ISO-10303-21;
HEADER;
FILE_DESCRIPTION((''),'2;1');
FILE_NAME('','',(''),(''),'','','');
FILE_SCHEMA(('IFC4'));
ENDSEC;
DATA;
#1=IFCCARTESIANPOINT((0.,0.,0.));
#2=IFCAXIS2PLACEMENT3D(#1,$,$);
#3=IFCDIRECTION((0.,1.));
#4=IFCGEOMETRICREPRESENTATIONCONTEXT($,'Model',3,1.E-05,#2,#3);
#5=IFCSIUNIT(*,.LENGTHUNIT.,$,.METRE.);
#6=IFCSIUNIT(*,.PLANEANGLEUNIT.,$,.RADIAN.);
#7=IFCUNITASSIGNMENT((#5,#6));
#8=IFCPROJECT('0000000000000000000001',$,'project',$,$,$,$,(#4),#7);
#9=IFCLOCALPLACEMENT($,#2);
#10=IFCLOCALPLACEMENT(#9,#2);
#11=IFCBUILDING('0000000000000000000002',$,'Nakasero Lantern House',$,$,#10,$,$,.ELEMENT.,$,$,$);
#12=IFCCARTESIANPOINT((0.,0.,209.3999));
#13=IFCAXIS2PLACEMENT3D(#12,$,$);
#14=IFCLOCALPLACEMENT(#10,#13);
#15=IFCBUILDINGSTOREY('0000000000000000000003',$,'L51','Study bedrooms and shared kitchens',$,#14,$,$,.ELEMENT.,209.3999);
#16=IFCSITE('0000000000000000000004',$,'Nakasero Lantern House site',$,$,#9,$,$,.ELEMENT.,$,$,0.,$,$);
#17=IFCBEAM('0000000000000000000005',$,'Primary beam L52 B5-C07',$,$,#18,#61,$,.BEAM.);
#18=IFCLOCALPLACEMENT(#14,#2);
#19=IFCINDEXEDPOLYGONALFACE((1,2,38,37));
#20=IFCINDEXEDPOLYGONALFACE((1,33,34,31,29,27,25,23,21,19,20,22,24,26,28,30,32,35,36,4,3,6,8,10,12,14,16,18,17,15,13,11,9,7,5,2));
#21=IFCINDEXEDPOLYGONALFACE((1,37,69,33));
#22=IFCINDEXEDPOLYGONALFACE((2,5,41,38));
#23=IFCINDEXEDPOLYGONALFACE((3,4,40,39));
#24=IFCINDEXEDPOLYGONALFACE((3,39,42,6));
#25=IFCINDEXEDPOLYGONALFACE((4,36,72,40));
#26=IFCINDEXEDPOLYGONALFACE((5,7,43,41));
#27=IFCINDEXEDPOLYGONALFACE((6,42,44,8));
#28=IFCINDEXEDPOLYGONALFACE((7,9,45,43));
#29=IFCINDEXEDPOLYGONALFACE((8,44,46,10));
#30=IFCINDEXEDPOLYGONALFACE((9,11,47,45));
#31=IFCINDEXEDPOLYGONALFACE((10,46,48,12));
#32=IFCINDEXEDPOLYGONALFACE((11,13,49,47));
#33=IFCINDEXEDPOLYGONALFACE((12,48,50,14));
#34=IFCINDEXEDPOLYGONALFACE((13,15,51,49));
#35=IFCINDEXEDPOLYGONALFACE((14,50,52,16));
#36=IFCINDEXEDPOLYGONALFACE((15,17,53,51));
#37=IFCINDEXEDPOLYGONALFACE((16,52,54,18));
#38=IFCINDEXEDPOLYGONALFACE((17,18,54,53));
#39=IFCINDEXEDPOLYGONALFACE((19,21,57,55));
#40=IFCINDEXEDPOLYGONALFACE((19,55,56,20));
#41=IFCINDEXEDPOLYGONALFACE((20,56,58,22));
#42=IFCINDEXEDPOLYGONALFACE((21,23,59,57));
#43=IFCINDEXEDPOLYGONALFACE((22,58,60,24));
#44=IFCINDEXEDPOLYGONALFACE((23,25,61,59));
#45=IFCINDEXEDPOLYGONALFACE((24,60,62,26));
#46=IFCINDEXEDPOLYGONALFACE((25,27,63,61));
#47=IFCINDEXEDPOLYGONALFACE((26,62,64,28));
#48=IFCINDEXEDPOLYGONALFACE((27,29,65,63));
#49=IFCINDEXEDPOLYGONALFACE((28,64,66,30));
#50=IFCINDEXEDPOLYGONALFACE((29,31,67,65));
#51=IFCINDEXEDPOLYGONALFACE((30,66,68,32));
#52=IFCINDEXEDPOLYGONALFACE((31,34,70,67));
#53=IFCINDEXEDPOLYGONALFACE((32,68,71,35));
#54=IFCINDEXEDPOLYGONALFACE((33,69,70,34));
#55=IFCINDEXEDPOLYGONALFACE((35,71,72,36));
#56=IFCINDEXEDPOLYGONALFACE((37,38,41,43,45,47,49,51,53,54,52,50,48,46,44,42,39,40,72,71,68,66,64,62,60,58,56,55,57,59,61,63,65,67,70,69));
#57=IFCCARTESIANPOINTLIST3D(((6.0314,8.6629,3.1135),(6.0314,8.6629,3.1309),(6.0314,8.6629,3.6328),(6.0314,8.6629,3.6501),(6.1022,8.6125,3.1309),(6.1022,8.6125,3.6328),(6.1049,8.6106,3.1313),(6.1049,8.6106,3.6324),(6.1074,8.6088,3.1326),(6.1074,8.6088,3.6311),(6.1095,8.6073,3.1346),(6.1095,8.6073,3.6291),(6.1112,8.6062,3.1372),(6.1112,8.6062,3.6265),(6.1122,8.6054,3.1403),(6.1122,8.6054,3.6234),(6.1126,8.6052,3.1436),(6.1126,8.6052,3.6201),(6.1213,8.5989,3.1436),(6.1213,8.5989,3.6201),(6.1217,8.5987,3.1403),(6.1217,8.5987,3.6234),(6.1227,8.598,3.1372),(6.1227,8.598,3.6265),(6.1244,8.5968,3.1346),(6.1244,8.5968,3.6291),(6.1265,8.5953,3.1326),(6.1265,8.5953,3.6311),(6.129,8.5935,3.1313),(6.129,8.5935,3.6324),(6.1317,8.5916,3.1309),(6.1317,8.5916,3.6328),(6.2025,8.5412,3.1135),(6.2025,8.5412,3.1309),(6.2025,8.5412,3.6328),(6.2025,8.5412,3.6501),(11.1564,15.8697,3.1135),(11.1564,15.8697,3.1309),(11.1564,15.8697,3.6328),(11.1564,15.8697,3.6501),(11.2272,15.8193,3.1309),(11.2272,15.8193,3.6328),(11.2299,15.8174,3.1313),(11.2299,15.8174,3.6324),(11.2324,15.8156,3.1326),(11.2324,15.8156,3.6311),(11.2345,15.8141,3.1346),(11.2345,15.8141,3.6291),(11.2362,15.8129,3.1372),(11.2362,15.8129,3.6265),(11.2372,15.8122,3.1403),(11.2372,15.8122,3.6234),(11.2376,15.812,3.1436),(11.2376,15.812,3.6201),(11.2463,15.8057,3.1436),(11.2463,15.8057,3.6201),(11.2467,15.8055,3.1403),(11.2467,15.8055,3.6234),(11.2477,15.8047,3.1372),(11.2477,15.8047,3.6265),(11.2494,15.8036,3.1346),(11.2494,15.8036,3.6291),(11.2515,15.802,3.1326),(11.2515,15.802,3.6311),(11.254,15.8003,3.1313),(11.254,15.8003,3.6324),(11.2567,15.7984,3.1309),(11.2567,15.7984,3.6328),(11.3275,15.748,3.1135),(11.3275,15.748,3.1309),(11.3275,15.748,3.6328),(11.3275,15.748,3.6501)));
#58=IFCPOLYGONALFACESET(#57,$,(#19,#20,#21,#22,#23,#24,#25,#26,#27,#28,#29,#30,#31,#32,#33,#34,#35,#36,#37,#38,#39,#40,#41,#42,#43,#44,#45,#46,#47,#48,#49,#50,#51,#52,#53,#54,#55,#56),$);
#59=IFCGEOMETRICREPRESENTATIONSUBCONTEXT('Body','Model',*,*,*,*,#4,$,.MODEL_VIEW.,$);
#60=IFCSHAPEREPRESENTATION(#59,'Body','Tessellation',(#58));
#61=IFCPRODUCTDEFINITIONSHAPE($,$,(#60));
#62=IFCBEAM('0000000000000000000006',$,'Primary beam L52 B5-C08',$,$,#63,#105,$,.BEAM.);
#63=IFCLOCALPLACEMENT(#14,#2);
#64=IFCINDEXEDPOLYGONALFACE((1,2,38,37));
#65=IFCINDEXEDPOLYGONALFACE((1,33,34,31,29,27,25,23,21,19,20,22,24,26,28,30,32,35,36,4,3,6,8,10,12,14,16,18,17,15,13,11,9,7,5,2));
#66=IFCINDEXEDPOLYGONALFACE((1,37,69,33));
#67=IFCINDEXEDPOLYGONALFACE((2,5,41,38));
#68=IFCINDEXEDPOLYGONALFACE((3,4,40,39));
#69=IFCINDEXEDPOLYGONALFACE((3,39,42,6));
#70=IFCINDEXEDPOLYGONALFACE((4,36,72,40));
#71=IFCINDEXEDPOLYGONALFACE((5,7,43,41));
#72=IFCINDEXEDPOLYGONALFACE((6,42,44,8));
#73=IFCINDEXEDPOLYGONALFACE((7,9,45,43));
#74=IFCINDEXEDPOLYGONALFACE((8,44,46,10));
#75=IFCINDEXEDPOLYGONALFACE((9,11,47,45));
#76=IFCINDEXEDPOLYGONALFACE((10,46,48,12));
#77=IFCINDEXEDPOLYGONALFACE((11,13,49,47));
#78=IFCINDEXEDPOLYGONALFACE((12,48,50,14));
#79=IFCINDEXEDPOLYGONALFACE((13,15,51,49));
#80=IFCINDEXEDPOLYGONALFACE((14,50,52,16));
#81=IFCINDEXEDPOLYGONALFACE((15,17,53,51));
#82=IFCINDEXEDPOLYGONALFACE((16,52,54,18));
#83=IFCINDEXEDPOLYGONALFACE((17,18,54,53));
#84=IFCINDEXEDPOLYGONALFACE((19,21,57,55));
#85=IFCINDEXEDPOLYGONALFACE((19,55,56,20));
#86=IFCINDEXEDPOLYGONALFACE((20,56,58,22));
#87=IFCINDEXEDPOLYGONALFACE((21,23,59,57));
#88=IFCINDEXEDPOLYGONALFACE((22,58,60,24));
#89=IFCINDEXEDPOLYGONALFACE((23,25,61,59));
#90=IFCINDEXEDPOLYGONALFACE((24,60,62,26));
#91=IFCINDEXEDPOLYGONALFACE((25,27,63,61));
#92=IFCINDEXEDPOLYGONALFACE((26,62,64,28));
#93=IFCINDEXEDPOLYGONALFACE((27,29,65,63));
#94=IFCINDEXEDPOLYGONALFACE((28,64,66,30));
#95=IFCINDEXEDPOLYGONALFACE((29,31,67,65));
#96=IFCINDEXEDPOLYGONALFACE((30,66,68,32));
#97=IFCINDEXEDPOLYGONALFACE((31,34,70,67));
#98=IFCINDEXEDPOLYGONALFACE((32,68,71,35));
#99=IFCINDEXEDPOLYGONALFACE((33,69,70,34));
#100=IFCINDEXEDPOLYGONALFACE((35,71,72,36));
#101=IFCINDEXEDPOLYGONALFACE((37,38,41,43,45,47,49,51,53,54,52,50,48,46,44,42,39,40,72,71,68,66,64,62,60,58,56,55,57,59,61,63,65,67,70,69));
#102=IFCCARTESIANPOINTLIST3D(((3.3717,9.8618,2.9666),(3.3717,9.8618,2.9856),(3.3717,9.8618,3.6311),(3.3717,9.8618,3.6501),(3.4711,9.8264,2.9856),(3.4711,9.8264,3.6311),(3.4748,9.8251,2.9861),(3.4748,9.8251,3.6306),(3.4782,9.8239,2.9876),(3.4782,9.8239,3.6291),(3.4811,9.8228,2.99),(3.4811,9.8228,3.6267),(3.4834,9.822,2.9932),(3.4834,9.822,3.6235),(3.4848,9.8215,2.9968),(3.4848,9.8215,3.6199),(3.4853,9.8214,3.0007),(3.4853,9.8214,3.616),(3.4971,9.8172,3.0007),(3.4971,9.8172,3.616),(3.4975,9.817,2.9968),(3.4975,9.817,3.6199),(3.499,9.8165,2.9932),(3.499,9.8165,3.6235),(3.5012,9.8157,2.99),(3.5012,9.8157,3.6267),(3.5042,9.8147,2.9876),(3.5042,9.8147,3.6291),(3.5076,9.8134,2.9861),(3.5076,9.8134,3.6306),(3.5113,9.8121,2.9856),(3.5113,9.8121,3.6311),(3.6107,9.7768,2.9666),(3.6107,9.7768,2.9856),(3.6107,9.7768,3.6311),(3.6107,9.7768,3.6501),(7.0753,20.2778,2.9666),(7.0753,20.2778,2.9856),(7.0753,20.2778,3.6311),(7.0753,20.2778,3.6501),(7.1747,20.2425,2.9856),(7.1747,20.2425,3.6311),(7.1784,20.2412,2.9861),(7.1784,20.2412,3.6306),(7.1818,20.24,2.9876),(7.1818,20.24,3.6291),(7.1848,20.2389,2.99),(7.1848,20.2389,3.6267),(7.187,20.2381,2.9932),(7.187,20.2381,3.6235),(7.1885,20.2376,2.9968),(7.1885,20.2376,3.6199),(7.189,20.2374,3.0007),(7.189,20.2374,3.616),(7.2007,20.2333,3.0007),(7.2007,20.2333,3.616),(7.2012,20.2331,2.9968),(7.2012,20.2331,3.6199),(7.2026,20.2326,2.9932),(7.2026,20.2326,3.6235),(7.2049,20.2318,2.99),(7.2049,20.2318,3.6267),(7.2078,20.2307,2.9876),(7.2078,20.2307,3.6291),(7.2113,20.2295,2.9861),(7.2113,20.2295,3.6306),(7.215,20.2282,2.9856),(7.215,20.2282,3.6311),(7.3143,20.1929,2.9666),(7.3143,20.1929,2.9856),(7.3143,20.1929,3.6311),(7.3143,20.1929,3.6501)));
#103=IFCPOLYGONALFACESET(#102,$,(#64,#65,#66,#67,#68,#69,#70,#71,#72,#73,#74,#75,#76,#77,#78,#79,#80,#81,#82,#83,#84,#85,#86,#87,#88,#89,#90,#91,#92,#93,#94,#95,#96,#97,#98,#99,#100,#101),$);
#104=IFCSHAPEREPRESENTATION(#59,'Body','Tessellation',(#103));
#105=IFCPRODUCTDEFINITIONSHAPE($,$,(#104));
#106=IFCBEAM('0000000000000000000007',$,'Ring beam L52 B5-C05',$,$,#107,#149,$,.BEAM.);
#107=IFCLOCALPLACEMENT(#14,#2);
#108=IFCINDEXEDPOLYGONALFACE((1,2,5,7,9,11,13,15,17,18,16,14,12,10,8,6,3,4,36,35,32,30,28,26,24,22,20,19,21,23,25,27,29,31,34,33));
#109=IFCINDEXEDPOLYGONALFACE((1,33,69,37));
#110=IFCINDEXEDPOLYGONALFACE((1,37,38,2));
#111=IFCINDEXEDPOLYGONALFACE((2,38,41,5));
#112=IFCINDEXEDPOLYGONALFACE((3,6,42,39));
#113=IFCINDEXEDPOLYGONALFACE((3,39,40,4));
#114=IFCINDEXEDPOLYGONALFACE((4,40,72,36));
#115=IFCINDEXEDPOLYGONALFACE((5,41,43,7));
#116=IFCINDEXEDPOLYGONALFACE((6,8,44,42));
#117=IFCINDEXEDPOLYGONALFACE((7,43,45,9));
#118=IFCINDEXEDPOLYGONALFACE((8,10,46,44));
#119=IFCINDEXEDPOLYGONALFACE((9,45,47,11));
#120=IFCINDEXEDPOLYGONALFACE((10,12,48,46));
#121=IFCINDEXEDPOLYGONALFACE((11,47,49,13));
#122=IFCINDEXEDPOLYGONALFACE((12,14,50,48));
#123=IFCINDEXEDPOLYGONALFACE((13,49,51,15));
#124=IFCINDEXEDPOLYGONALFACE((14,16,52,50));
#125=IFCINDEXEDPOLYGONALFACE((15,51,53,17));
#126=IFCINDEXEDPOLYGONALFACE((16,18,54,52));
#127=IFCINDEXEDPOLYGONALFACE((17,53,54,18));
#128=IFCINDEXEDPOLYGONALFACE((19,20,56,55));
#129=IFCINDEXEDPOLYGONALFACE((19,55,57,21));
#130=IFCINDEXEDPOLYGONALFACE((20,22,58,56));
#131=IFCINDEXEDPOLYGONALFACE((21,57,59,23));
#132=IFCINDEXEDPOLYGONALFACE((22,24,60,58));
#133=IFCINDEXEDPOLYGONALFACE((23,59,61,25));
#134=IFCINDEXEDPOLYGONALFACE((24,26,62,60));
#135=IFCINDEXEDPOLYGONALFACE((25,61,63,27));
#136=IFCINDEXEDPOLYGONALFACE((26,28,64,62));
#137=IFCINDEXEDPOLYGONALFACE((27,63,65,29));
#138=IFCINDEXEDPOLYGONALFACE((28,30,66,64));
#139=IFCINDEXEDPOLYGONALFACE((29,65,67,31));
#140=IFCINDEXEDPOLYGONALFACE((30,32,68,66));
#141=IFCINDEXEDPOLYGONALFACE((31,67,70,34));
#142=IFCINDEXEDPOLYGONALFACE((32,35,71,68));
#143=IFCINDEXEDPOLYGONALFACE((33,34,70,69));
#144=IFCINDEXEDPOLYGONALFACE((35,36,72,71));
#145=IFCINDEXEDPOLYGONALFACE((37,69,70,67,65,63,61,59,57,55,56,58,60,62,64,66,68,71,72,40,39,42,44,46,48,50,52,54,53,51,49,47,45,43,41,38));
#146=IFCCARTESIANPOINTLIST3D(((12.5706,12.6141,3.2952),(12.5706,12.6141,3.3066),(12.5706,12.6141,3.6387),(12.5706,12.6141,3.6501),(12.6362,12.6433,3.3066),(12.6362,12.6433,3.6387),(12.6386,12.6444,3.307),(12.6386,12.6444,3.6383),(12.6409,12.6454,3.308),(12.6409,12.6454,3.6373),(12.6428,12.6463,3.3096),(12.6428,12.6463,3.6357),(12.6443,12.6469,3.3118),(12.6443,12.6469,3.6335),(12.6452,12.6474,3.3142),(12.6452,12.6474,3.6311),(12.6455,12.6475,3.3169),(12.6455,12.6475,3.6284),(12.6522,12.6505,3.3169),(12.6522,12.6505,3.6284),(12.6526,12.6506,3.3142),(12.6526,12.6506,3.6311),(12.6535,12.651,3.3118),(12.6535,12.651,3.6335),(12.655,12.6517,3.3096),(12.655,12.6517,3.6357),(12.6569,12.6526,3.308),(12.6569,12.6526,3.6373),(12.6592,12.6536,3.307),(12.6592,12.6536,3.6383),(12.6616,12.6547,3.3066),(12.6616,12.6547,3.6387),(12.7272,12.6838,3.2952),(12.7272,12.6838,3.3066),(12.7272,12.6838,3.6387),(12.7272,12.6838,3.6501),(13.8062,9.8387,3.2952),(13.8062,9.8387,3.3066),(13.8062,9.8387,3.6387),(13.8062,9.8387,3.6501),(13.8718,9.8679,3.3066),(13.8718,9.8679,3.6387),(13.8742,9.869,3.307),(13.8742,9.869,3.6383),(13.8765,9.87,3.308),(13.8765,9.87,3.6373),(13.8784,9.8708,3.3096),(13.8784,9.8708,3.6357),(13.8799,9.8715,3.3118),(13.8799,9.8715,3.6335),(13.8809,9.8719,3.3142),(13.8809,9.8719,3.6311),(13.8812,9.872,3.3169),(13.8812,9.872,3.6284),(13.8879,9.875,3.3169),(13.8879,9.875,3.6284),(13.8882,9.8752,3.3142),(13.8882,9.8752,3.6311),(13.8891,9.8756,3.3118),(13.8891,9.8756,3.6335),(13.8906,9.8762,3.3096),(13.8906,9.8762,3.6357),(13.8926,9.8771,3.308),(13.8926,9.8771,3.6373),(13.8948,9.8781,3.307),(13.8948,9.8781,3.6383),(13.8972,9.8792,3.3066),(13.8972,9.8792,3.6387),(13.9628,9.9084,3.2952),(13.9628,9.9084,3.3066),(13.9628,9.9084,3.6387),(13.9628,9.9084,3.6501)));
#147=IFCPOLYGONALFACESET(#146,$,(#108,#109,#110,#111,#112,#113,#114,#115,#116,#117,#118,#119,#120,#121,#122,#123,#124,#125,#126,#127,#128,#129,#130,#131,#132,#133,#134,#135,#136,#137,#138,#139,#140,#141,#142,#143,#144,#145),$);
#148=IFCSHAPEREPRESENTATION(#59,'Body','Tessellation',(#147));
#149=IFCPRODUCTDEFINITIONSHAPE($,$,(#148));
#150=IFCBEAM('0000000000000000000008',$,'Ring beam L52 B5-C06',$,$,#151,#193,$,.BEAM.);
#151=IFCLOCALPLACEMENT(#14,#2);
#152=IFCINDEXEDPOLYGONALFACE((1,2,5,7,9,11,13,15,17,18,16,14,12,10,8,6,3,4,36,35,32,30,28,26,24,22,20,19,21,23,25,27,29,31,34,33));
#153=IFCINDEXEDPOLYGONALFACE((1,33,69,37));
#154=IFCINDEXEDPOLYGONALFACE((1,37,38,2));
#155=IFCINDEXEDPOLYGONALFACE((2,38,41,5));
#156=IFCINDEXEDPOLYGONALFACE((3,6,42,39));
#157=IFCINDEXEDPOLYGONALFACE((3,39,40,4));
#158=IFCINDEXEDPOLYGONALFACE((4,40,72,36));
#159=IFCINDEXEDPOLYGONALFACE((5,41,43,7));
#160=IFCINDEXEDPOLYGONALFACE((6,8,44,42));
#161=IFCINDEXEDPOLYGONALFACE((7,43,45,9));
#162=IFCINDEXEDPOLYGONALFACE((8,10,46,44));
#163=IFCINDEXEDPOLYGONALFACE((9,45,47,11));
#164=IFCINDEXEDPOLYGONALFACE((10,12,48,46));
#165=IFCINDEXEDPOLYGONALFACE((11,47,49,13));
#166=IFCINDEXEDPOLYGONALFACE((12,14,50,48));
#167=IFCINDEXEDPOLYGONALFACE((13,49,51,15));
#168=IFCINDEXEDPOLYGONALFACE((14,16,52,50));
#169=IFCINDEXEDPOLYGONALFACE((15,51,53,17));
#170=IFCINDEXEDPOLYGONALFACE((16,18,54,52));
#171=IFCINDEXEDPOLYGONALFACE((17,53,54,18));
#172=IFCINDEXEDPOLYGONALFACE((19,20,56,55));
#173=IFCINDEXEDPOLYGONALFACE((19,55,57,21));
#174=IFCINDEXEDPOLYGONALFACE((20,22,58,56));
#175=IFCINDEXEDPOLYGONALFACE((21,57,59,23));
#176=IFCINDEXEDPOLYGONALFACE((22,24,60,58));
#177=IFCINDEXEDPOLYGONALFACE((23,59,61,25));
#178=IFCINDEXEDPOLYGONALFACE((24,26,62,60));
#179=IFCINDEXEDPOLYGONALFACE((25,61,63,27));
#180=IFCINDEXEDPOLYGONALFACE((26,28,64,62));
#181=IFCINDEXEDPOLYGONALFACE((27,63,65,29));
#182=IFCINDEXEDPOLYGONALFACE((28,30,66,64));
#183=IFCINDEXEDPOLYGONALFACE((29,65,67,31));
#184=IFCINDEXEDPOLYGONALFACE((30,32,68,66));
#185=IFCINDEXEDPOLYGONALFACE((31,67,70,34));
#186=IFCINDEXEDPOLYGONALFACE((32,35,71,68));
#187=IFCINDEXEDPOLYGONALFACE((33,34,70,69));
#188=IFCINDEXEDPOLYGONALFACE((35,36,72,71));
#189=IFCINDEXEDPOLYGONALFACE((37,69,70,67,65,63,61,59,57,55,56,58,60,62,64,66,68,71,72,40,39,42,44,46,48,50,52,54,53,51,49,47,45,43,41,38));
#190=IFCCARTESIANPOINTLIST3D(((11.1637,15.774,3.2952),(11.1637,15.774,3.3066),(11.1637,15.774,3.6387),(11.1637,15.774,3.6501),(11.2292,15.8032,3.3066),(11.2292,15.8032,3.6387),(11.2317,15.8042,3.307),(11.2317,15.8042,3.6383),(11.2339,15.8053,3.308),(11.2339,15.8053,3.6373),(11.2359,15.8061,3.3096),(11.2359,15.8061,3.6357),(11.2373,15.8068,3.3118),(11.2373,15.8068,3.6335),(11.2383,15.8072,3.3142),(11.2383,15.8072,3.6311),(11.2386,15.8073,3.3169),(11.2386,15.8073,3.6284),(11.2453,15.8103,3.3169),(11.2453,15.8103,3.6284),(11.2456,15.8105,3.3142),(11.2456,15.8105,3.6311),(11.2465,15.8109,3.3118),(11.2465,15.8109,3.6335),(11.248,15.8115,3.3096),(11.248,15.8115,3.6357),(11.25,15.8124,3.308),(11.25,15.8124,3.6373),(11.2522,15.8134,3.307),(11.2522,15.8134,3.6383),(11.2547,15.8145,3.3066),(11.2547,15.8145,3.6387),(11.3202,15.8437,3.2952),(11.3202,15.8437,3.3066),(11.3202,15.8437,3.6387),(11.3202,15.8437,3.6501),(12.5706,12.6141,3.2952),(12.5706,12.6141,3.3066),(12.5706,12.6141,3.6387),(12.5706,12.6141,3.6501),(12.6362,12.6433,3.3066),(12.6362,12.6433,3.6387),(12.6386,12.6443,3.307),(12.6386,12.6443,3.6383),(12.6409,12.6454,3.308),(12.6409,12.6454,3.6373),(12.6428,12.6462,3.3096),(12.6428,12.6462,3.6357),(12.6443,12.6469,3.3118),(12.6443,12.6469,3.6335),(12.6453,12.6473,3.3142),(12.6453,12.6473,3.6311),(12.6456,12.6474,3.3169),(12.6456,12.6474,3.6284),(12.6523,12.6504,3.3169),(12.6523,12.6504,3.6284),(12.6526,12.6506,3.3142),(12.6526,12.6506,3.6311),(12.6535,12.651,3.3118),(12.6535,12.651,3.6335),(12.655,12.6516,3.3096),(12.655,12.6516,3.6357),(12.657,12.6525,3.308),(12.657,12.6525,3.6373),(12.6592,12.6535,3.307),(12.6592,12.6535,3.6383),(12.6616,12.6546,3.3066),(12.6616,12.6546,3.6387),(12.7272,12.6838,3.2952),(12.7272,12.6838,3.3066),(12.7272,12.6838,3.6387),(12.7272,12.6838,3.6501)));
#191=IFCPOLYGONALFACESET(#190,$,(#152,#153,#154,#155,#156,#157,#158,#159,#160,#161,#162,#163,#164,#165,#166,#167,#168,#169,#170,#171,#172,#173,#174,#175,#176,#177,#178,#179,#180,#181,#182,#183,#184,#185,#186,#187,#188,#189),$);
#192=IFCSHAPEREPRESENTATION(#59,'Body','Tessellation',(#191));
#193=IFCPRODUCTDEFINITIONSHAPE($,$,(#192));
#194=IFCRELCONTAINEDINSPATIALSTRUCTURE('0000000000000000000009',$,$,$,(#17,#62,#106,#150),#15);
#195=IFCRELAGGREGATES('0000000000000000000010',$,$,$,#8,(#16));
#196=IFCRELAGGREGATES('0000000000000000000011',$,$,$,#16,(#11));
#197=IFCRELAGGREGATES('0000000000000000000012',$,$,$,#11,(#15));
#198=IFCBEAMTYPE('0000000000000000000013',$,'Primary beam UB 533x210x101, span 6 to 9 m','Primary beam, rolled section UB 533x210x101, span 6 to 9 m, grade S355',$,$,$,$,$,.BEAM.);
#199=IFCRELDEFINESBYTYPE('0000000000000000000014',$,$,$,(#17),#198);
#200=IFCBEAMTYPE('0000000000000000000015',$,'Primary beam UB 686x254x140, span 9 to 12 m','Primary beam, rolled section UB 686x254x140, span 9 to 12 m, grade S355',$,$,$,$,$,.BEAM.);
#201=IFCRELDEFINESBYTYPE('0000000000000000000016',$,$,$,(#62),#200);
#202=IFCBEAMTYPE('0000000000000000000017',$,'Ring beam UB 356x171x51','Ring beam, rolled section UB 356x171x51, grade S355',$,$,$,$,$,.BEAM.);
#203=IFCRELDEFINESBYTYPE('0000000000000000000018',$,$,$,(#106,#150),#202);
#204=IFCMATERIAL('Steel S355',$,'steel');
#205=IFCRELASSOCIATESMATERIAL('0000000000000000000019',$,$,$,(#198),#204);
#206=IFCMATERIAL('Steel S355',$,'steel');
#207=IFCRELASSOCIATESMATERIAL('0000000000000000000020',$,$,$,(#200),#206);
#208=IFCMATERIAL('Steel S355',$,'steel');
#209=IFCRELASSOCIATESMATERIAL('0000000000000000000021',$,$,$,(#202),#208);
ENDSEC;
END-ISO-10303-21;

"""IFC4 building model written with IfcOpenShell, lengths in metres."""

from ifc_helpers import new_model, si_unit, direction, frame, origin, origin_2d, place, context, subcontext, project, spatial, i_section, extrude, material, material_profile, profile_set, type_object, element, save


model = new_model("IFC4")

# Units and contexts
model_context = context("Model", 3, precision=1e-05, world=origin(), true_north=direction((0.0, 1.0)))
body_context = subcontext(model_context, "Body", "Model", "MODEL_VIEW")
ifc_project = project(units=[si_unit("LENGTHUNIT", "METRE"), si_unit("PLANEANGLEUNIT", "RADIAN")], contexts=[model_context])

# Site, building, storey
site_placement = place(None, origin())
site = spatial("IfcSite", under=ifc_project, at=site_placement, Name="Nakasero Lantern House site", CompositionType="ELEMENT", RefElevation=0.0)
building_placement = place(site_placement, origin())
building = spatial("IfcBuilding", under=site, at=building_placement, Name="Nakasero Lantern House", CompositionType="ELEMENT")
storey_placement = place(building_placement, frame((0.0, 0.0, 209.3999)))
storey = spatial("IfcBuildingStorey", under=building, at=storey_placement, Name="L51", Description="Study bedrooms and shared kitchens", CompositionType="ELEMENT", Elevation=209.3999)

# Beams
ifc_material_1 = material(Name="Steel S355", Category="steel")
ifc_material_profile_1 = material_profile(ifc_material_1, i_section(OverallWidth=0.21, OverallDepth=0.5366, WebThickness=0.0107, FlangeThickness=0.0173, FilletRadius=0.0127, at=origin_2d()), Name="UB 533x210x101")
ifc_profile_set_1 = profile_set([ifc_material_profile_1], Name="Steel S355")
beam_type_1 = type_object("IfcBeamType", Name="Primary beam UB 533x210x101, span 6 to 9 m", Description="Primary beam, rolled section UB 533x210x101, span 6 to 9 m, grade S355", PredefinedType="BEAM", material=ifc_profile_set_1)
beam_1_placement = place(storey_placement, frame((11.2419, 15.8088, 3.3818), z_axis=(-0.579537, -0.814946, 0.0), x_axis=(0.814946, -0.579537, 0.0)))
element("IfcBeam", 1, at=beam_1_placement, inside=storey, type_object=beam_type_1, Name="Primary beam L52 B5-C07", PredefinedType="BEAM", context=body_context, shape_type="SweptSolid", body=[
    extrude(i_section(OverallWidth=0.21, OverallDepth=0.5366, WebThickness=0.0107, FlangeThickness=0.0173, FilletRadius=0.0127, at=origin_2d()), origin(), (0.0, 0.0, 1.0), 8.8433),
])
ifc_material_2 = material(Name="Steel S355", Category="steel")
ifc_material_profile_2 = material_profile(ifc_material_2, i_section(OverallWidth=0.2537, OverallDepth=0.6836, WebThickness=0.0125, FlangeThickness=0.019, FilletRadius=0.0151, at=origin_2d()), Name="UB 686x254x140")
ifc_profile_set_2 = profile_set([ifc_material_profile_2], Name="Steel S355")
beam_type_2 = type_object("IfcBeamType", Name="Primary beam UB 686x254x140, span 9 to 12 m", Description="Primary beam, rolled section UB 686x254x140, span 9 to 12 m, grade S355", PredefinedType="BEAM", material=ifc_profile_set_2)
beam_2_placement = place(storey_placement, frame((7.1948, 20.2354, 3.3083), z_axis=(-0.335021, -0.942211, 0.0), x_axis=(0.942211, -0.335021, 0.0)))
element("IfcBeam", 2, at=beam_2_placement, inside=storey, type_object=beam_type_2, Name="Primary beam L52 B5-C08", PredefinedType="BEAM", context=body_context, shape_type="SweptSolid", body=[
    extrude(i_section(OverallWidth=0.2537, OverallDepth=0.6836, WebThickness=0.0125, FlangeThickness=0.019, FilletRadius=0.0151, at=origin_2d()), origin(), (0.0, 0.0, 1.0), 11.0549),
])
ifc_material_3 = material(Name="Steel S355", Category="steel")
ifc_material_profile_3 = material_profile(ifc_material_3, i_section(OverallWidth=0.1714, OverallDepth=0.355, WebThickness=0.0073, FlangeThickness=0.0115, FilletRadius=0.0103, at=origin_2d()), Name="UB 356x171x51")
ifc_profile_set_3 = profile_set([ifc_material_profile_3], Name="Steel S355")
beam_type_3 = type_object("IfcBeamType", Name="Ring beam UB 356x171x51", Description="Ring beam, rolled section UB 356x171x51, grade S355", PredefinedType="BEAM", material=ifc_profile_set_3)
beam_3_placement = place(storey_placement, frame((13.8845, 9.8735, 3.4727), z_axis=(-0.406713, 0.913556, 0.0), x_axis=(-0.913556, -0.406713, 0.0)))
element("IfcBeam", 3, at=beam_3_placement, inside=storey, type_object=beam_type_3, Name="Ring beam L52 B5-C05", PredefinedType="BEAM", context=body_context, shape_type="SweptSolid", body=[
    extrude(i_section(OverallWidth=0.1714, OverallDepth=0.355, WebThickness=0.0073, FlangeThickness=0.0115, FilletRadius=0.0103, at=origin_2d()), origin(), (0.0, 0.0, 1.0), 3.0381),
])
beam_4_placement = place(storey_placement, frame((12.6489, 12.6489, 3.4727), z_axis=(-0.406761, 0.913535, 0.0), x_axis=(-0.913535, -0.406761, 0.0)))
element("IfcBeam", 4, at=beam_4_placement, inside=storey, type_object=beam_type_3, Name="Ring beam L52 B5-C06", PredefinedType="BEAM", context=body_context, shape_type="SweptSolid", body=[
    extrude(i_section(OverallWidth=0.1714, OverallDepth=0.355, WebThickness=0.0073, FlangeThickness=0.0115, FilletRadius=0.0103, at=origin_2d()), origin(), (0.0, 0.0, 1.0), 3.459),
])

save(model, "model.ifc")
